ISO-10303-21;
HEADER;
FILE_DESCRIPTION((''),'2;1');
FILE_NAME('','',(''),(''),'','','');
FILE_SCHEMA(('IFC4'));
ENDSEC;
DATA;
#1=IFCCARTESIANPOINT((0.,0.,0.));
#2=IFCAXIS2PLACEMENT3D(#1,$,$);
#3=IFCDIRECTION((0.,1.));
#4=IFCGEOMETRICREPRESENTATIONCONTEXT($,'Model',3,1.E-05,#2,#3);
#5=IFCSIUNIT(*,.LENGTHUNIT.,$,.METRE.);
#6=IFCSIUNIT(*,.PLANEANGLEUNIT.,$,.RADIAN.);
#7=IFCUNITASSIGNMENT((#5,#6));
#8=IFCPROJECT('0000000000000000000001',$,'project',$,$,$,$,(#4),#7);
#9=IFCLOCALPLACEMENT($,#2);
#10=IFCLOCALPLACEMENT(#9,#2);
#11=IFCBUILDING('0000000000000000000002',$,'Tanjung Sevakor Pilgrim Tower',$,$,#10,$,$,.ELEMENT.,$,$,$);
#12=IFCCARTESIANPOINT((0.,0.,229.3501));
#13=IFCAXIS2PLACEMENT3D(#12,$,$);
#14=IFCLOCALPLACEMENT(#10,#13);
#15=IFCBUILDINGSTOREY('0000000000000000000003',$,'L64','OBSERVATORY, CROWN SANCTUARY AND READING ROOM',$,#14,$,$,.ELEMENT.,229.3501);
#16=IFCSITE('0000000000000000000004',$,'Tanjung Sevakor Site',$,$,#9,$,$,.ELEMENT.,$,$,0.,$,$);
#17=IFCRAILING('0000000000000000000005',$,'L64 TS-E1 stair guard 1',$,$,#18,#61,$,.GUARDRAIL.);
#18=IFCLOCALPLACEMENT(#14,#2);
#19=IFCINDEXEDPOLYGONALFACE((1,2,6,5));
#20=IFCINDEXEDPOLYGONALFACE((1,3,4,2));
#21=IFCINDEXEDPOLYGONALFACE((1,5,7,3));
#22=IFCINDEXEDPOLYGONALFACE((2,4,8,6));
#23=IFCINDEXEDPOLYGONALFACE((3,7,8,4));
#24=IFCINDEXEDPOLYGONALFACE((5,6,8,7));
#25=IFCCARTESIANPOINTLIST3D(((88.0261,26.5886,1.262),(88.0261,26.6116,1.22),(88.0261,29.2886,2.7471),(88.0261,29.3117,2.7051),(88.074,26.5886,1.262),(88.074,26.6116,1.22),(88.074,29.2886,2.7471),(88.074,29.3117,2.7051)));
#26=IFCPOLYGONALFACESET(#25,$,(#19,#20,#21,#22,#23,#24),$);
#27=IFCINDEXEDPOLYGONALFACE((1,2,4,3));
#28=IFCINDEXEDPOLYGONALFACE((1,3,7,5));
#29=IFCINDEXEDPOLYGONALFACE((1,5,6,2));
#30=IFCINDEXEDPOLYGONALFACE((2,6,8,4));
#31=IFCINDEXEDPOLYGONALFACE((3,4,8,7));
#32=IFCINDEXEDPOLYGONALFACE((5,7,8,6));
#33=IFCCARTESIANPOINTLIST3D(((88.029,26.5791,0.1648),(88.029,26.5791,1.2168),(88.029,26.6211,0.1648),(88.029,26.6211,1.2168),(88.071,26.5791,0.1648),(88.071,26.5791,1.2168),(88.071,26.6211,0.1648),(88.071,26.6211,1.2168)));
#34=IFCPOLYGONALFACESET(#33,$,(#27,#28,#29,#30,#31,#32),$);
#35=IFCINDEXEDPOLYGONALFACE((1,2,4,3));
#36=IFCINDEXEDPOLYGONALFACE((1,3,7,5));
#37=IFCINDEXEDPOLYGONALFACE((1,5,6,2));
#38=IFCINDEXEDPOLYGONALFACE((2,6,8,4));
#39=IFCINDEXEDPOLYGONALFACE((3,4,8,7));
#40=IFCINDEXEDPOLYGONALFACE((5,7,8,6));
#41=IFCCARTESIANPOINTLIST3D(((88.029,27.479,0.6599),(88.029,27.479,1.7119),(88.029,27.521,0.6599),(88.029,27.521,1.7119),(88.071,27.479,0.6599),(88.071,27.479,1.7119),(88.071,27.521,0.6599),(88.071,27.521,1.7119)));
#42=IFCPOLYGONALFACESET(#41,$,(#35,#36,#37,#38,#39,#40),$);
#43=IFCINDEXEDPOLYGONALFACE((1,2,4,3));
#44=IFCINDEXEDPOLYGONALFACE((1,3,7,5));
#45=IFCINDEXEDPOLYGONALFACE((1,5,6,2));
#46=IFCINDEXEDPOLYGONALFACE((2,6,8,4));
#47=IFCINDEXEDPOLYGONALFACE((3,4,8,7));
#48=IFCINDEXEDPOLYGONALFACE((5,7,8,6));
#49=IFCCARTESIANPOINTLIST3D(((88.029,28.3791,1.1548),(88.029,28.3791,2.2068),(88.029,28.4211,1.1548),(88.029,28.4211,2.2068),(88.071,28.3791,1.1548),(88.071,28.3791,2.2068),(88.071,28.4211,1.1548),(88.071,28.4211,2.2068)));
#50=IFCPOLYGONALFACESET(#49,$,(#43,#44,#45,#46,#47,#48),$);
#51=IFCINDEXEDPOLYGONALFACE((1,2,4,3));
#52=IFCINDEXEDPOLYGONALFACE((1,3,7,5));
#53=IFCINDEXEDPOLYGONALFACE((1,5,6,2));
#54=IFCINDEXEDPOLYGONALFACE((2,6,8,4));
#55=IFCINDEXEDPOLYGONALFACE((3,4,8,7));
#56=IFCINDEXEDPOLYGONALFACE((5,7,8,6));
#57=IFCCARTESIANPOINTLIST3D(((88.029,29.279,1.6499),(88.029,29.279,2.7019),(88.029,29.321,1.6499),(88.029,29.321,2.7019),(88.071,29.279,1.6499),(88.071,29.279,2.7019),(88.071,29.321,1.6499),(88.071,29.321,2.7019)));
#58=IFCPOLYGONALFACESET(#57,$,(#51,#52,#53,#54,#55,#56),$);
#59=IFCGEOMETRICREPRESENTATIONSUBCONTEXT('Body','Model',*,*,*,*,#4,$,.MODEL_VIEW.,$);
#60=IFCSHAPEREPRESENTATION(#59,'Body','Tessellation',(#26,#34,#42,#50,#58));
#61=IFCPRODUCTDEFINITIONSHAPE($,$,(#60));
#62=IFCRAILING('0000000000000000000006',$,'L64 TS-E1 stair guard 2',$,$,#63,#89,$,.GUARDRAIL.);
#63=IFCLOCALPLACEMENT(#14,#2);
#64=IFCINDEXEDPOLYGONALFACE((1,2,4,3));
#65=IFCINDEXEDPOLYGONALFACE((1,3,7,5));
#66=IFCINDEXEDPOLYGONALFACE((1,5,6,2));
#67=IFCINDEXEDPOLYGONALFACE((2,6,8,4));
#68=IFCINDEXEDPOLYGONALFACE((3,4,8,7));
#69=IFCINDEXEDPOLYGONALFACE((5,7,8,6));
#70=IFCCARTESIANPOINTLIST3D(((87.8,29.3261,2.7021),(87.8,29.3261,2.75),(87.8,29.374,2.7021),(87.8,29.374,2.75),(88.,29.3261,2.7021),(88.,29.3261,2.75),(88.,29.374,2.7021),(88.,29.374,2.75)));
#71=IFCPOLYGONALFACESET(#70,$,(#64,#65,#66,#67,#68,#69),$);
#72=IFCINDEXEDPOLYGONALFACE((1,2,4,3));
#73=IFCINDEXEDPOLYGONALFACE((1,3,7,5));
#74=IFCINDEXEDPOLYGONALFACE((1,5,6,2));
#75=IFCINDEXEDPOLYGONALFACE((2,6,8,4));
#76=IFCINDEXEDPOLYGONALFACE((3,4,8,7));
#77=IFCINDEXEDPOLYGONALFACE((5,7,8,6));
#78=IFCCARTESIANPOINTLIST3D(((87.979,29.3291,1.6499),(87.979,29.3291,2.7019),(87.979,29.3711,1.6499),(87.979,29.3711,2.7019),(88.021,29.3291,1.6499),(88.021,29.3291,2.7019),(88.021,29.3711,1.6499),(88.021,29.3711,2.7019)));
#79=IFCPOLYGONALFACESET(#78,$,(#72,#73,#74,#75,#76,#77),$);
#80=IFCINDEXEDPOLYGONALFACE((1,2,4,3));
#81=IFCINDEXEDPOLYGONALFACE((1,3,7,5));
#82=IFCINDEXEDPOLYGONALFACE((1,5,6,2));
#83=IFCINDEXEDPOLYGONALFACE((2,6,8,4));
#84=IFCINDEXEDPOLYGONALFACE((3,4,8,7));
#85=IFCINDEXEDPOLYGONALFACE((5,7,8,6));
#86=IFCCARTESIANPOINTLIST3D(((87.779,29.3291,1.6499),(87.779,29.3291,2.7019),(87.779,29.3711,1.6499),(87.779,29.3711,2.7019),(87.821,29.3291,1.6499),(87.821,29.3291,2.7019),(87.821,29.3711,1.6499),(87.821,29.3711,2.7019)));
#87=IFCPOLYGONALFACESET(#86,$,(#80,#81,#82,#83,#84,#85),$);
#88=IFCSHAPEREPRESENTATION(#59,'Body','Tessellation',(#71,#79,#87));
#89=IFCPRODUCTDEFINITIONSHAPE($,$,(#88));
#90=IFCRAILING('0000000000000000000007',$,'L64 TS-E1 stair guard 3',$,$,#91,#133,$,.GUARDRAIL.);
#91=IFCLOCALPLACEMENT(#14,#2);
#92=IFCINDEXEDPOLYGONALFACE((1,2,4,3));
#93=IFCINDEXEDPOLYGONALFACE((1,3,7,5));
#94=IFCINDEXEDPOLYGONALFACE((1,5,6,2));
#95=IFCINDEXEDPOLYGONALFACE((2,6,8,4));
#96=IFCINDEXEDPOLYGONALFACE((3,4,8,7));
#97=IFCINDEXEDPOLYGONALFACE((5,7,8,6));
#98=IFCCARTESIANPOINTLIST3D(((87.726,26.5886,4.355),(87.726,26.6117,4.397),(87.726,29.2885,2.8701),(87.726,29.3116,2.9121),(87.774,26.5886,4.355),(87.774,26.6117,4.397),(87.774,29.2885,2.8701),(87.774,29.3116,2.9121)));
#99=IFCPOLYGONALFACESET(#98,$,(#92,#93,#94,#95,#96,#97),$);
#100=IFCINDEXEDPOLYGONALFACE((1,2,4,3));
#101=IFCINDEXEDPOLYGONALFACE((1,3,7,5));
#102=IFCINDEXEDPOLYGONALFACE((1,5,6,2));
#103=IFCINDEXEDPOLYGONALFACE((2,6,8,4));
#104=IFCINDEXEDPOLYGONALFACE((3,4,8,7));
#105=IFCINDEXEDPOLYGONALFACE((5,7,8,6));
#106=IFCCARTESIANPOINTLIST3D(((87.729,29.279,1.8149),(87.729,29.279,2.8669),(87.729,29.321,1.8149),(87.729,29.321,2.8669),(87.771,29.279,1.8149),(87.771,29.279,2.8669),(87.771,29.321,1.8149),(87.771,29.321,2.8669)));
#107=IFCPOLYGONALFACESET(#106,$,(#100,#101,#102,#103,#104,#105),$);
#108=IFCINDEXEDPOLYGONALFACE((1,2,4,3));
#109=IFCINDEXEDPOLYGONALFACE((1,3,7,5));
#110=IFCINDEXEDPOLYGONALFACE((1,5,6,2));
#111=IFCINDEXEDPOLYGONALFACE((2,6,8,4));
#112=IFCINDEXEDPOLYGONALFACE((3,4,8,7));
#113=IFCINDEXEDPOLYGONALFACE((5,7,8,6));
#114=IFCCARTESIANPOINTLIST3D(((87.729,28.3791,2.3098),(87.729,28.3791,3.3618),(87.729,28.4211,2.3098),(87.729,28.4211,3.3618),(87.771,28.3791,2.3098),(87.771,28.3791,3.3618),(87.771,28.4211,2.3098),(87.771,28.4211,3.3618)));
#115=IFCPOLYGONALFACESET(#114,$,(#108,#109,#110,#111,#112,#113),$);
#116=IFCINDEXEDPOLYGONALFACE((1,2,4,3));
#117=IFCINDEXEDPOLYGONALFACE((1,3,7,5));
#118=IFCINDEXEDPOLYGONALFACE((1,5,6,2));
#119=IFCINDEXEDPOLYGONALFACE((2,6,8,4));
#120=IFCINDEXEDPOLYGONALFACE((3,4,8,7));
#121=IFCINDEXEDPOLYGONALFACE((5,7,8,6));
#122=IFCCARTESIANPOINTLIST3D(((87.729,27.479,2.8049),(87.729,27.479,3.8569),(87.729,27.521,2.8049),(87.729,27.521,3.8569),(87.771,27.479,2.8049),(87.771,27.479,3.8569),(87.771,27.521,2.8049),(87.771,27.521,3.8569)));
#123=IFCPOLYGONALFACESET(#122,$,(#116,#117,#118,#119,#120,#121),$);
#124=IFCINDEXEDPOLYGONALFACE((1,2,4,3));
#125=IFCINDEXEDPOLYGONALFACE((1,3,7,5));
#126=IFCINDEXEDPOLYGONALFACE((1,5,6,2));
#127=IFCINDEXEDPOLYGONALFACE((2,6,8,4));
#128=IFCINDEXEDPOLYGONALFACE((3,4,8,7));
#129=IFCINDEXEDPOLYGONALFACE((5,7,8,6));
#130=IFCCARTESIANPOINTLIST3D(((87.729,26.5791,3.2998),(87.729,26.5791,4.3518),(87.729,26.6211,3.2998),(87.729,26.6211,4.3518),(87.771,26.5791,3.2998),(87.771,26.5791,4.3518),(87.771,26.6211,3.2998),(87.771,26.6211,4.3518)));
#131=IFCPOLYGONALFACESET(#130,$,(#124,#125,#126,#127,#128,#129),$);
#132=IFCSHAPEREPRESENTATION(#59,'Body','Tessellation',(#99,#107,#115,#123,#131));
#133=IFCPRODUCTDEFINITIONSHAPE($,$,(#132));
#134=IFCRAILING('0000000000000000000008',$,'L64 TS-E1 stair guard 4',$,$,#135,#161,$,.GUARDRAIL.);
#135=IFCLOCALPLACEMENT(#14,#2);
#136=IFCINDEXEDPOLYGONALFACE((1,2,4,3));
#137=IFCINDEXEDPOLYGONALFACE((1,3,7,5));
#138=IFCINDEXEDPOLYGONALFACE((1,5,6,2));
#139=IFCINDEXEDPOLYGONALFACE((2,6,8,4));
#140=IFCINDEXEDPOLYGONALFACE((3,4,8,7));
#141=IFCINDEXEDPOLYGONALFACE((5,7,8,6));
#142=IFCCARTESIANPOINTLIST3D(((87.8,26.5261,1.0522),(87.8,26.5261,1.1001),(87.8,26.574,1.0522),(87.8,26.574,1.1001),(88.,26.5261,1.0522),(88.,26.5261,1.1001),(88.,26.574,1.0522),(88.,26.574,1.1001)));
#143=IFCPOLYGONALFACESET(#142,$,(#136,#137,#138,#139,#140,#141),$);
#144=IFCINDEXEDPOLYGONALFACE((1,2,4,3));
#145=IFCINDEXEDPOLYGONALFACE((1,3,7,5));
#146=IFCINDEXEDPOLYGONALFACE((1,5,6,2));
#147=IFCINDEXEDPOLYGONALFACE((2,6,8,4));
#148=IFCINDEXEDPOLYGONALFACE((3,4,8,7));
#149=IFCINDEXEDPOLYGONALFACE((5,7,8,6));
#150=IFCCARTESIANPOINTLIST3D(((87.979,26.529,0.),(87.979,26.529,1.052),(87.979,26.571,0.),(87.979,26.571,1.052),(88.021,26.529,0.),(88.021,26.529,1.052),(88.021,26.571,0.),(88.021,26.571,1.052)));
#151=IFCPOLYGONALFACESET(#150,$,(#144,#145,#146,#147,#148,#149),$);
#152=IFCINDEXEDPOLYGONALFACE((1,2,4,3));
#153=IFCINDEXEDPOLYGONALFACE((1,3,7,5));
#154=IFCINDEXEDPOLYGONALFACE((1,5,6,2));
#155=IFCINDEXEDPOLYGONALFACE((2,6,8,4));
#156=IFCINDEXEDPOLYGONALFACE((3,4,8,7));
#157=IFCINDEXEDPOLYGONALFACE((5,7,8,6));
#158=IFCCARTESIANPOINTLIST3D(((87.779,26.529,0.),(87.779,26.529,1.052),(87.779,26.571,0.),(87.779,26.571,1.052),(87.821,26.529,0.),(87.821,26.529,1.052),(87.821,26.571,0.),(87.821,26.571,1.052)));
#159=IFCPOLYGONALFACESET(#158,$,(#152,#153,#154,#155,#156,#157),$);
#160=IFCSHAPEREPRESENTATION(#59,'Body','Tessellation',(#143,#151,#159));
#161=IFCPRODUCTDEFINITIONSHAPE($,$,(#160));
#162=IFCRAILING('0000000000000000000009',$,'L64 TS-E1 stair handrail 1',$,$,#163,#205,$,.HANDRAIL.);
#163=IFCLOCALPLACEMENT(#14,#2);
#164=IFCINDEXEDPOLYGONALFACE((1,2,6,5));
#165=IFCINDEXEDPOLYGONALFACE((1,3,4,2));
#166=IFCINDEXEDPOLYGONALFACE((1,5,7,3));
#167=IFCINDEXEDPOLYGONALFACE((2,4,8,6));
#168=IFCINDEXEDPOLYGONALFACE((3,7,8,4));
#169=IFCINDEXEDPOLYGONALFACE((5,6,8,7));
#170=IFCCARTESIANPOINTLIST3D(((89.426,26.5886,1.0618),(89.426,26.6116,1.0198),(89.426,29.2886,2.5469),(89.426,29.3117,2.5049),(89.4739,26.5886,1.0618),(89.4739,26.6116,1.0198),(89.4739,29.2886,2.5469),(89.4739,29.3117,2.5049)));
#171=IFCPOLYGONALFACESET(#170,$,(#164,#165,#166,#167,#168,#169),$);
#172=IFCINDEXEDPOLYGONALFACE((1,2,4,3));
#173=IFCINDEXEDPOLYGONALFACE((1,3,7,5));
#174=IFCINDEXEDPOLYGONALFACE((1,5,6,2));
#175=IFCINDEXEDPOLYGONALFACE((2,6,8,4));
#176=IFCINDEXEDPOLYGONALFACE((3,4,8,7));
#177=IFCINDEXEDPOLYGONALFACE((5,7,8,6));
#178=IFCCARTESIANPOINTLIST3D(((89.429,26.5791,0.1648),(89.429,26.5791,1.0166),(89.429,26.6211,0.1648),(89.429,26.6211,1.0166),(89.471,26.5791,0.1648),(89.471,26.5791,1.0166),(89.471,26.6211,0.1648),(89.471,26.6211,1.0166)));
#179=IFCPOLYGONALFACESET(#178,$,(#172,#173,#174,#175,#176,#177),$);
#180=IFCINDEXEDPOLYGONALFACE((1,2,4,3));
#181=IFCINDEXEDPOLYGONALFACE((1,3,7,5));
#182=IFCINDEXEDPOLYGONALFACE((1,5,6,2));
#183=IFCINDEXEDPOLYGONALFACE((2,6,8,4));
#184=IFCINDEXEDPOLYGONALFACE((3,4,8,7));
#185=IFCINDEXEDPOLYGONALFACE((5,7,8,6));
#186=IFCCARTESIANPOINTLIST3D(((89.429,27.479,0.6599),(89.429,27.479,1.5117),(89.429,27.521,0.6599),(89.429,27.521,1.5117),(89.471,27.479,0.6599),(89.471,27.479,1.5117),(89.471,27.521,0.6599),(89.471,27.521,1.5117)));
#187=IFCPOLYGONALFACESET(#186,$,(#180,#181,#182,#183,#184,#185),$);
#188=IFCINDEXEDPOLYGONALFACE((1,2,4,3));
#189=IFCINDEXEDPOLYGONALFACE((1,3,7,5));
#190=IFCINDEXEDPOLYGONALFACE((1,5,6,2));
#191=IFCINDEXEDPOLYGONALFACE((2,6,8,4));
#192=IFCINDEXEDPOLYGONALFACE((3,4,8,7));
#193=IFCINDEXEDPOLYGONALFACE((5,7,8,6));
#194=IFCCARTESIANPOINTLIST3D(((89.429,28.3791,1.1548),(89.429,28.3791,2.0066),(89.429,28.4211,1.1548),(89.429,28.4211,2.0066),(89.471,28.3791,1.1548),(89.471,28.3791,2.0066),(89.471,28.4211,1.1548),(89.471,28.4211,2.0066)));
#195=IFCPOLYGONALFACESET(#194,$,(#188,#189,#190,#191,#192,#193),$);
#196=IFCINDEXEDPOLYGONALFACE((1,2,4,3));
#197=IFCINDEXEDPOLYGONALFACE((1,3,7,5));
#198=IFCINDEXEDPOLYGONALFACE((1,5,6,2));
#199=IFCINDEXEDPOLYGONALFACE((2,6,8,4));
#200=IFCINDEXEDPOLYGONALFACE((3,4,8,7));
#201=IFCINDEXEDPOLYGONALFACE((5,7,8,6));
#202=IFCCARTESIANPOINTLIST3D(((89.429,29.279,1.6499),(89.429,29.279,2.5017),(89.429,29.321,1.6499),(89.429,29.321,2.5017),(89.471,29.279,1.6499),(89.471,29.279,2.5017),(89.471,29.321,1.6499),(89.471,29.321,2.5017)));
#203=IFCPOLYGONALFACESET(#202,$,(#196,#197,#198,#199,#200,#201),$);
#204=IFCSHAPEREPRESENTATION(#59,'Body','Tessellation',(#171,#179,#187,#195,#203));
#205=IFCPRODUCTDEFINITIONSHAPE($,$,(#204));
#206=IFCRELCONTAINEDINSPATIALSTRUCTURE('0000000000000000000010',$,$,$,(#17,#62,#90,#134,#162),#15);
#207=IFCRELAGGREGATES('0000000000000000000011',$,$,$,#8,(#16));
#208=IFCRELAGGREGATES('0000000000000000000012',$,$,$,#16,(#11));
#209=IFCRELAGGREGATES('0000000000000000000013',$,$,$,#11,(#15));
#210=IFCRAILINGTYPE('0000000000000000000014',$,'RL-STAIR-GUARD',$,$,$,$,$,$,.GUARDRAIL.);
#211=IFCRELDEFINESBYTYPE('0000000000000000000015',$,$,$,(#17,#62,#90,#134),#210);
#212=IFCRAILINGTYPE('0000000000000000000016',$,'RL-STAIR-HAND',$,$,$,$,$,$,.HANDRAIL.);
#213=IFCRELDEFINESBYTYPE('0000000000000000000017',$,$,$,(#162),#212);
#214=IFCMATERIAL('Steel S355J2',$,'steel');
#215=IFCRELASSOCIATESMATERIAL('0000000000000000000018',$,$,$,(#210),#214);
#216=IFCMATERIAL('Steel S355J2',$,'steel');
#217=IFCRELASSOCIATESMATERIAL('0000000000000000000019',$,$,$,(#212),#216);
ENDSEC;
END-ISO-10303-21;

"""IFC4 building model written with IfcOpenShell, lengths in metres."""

from ifc_helpers import new_model, si_unit, direction, frame, origin, place, context, subcontext, project, spatial, rectangle, extrude, material, type_object, element, save


model = new_model("IFC4")

# Units and contexts
model_context = context("Model", 3, precision=1e-05, world=origin(), true_north=direction((0.0, 1.0)))
body_context = subcontext(model_context, "Body", "Model", "MODEL_VIEW")
ifc_project = project(units=[si_unit("LENGTHUNIT", "METRE"), si_unit("PLANEANGLEUNIT", "RADIAN")], contexts=[model_context])

# Site, building, storey
site_placement = place(None, origin())
site = spatial("IfcSite", under=ifc_project, at=site_placement, Name="Tanjung Sevakor Site", CompositionType="ELEMENT", RefElevation=0.0)
building_placement = place(site_placement, origin())
building = spatial("IfcBuilding", under=site, at=building_placement, Name="Tanjung Sevakor Pilgrim Tower", CompositionType="ELEMENT")
storey_placement = place(building_placement, frame((0.0, 0.0, 229.3501)))
storey = spatial("IfcBuildingStorey", under=building, at=storey_placement, Name="L64", Description="OBSERVATORY, CROWN SANCTUARY AND READING ROOM", CompositionType="ELEMENT", Elevation=229.3501)

# Railings
ifc_material_1 = material(Name="Steel S355J2", Category="steel")
railing_type_1 = type_object("IfcRailingType", Name="RL-STAIR-GUARD", PredefinedType="GUARDRAIL", material=ifc_material_1)
railing_1_placement = place(storey_placement, frame((88.05, 26.6001, 0.1648)))
element("IfcRailing", 1, at=railing_1_placement, inside=storey, type_object=railing_type_1, Name="L64 TS-E1 stair guard 1", PredefinedType="GUARDRAIL", context=body_context, shape_type="SweptSolid", body=[
    extrude(rectangle(XDim=0.0479, YDim=0.0479), frame((0.0, 0.0, 1.0762), z_axis=(0.0, 0.876198, 0.481952), x_axis=(-1.0, 0.0, 0.0)), (0.0, 0.0, 1.0), 3.0815),
    extrude(rectangle(XDim=0.042, YDim=0.042), origin(), (0.0, 0.0, 1.0), 1.052),
    extrude(rectangle(XDim=0.042, YDim=0.042), frame((0.0, 0.8999, 0.4951)), (0.0, 0.0, 1.0), 1.052),
    extrude(rectangle(XDim=0.042, YDim=0.042), frame((0.0, 1.8, 0.99)), (0.0, 0.0, 1.0), 1.052),
    extrude(rectangle(XDim=0.042, YDim=0.042), frame((0.0, 2.7, 1.4851)), (0.0, 0.0, 1.0), 1.052),
])
railing_2_placement = place(storey_placement, frame((88.0, 29.3501, 1.6499)))
element("IfcRailing", 2, at=railing_2_placement, inside=storey, type_object=railing_type_1, Name="L64 TS-E1 stair guard 2", PredefinedType="GUARDRAIL", context=body_context, shape_type="SweptSolid", body=[
    extrude(rectangle(XDim=0.0479, YDim=0.0479), frame((0.0, 0.0, 1.0762), z_axis=(-1.0, 0.0, 0.0), x_axis=(0.0, -1.0, 0.0)), (0.0, 0.0, 1.0), 0.2),
    extrude(rectangle(XDim=0.042, YDim=0.042), origin(), (0.0, 0.0, 1.0), 1.052),
    extrude(rectangle(XDim=0.042, YDim=0.042), frame((-0.2, 0.0, 0.0)), (0.0, 0.0, 1.0), 1.052),
])
railing_3_placement = place(storey_placement, frame((87.75, 29.3, 1.8149)))
element("IfcRailing", 3, at=railing_3_placement, inside=storey, type_object=railing_type_1, Name="L64 TS-E1 stair guard 3", PredefinedType="GUARDRAIL", context=body_context, shape_type="SweptSolid", body=[
    extrude(rectangle(XDim=0.0479, YDim=0.0479), frame((0.0, 0.0, 1.0762), z_axis=(0.0, -0.876231, 0.481891), x_axis=(1.0, 0.0, 0.0)), (0.0, 0.0, 1.0), 3.0813),
    extrude(rectangle(XDim=0.042, YDim=0.042), origin(), (0.0, 0.0, 1.0), 1.052),
    extrude(rectangle(XDim=0.042, YDim=0.042), frame((0.0, -0.8999, 0.4949)), (0.0, 0.0, 1.0), 1.052),
    extrude(rectangle(XDim=0.042, YDim=0.042), frame((0.0, -1.8, 0.99)), (0.0, 0.0, 1.0), 1.052),
    extrude(rectangle(XDim=0.042, YDim=0.042), frame((0.0, -2.7, 1.4849)), (0.0, 0.0, 1.0), 1.052),
])
railing_4_placement = place(storey_placement, frame((88.0, 26.55, 0.0)))
element("IfcRailing", 4, at=railing_4_placement, inside=storey, type_object=railing_type_1, Name="L64 TS-E1 stair guard 4", PredefinedType="GUARDRAIL", context=body_context, shape_type="SweptSolid", body=[
    extrude(rectangle(XDim=0.0479, YDim=0.0479), frame((0.0, 0.0, 1.0762), z_axis=(-1.0, 0.0, 0.0), x_axis=(0.0, -1.0, 0.0)), (0.0, 0.0, 1.0), 0.2),
    extrude(rectangle(XDim=0.042, YDim=0.042), origin(), (0.0, 0.0, 1.0), 1.052),
    extrude(rectangle(XDim=0.042, YDim=0.042), frame((-0.2, 0.0, 0.0)), (0.0, 0.0, 1.0), 1.052),
])
ifc_material_2 = material(Name="Steel S355J2", Category="steel")
railing_type_2 = type_object("IfcRailingType", Name="RL-STAIR-HAND", PredefinedType="HANDRAIL", material=ifc_material_2)
railing_5_placement = place(storey_placement, frame((89.45, 26.6001, 0.1648)))
element("IfcRailing", 5, at=railing_5_placement, inside=storey, type_object=railing_type_2, Name="L64 TS-E1 stair handrail 1", PredefinedType="HANDRAIL", context=body_context, shape_type="SweptSolid", body=[
    extrude(rectangle(XDim=0.0479, YDim=0.0479), frame((0.0, 0.0, 0.876), z_axis=(0.0, 0.876198, 0.481952), x_axis=(-1.0, 0.0, 0.0)), (0.0, 0.0, 1.0), 3.0815),
    extrude(rectangle(XDim=0.042, YDim=0.042), origin(), (0.0, 0.0, 1.0), 0.8518),
    extrude(rectangle(XDim=0.042, YDim=0.042), frame((0.0, 0.8999, 0.4951)), (0.0, 0.0, 1.0), 0.8518),
    extrude(rectangle(XDim=0.042, YDim=0.042), frame((0.0, 1.8, 0.99)), (0.0, 0.0, 1.0), 0.8518),
    extrude(rectangle(XDim=0.042, YDim=0.042), frame((0.0, 2.7, 1.4851)), (0.0, 0.0, 1.0), 0.8518),
])

save(model, "model.ifc")
